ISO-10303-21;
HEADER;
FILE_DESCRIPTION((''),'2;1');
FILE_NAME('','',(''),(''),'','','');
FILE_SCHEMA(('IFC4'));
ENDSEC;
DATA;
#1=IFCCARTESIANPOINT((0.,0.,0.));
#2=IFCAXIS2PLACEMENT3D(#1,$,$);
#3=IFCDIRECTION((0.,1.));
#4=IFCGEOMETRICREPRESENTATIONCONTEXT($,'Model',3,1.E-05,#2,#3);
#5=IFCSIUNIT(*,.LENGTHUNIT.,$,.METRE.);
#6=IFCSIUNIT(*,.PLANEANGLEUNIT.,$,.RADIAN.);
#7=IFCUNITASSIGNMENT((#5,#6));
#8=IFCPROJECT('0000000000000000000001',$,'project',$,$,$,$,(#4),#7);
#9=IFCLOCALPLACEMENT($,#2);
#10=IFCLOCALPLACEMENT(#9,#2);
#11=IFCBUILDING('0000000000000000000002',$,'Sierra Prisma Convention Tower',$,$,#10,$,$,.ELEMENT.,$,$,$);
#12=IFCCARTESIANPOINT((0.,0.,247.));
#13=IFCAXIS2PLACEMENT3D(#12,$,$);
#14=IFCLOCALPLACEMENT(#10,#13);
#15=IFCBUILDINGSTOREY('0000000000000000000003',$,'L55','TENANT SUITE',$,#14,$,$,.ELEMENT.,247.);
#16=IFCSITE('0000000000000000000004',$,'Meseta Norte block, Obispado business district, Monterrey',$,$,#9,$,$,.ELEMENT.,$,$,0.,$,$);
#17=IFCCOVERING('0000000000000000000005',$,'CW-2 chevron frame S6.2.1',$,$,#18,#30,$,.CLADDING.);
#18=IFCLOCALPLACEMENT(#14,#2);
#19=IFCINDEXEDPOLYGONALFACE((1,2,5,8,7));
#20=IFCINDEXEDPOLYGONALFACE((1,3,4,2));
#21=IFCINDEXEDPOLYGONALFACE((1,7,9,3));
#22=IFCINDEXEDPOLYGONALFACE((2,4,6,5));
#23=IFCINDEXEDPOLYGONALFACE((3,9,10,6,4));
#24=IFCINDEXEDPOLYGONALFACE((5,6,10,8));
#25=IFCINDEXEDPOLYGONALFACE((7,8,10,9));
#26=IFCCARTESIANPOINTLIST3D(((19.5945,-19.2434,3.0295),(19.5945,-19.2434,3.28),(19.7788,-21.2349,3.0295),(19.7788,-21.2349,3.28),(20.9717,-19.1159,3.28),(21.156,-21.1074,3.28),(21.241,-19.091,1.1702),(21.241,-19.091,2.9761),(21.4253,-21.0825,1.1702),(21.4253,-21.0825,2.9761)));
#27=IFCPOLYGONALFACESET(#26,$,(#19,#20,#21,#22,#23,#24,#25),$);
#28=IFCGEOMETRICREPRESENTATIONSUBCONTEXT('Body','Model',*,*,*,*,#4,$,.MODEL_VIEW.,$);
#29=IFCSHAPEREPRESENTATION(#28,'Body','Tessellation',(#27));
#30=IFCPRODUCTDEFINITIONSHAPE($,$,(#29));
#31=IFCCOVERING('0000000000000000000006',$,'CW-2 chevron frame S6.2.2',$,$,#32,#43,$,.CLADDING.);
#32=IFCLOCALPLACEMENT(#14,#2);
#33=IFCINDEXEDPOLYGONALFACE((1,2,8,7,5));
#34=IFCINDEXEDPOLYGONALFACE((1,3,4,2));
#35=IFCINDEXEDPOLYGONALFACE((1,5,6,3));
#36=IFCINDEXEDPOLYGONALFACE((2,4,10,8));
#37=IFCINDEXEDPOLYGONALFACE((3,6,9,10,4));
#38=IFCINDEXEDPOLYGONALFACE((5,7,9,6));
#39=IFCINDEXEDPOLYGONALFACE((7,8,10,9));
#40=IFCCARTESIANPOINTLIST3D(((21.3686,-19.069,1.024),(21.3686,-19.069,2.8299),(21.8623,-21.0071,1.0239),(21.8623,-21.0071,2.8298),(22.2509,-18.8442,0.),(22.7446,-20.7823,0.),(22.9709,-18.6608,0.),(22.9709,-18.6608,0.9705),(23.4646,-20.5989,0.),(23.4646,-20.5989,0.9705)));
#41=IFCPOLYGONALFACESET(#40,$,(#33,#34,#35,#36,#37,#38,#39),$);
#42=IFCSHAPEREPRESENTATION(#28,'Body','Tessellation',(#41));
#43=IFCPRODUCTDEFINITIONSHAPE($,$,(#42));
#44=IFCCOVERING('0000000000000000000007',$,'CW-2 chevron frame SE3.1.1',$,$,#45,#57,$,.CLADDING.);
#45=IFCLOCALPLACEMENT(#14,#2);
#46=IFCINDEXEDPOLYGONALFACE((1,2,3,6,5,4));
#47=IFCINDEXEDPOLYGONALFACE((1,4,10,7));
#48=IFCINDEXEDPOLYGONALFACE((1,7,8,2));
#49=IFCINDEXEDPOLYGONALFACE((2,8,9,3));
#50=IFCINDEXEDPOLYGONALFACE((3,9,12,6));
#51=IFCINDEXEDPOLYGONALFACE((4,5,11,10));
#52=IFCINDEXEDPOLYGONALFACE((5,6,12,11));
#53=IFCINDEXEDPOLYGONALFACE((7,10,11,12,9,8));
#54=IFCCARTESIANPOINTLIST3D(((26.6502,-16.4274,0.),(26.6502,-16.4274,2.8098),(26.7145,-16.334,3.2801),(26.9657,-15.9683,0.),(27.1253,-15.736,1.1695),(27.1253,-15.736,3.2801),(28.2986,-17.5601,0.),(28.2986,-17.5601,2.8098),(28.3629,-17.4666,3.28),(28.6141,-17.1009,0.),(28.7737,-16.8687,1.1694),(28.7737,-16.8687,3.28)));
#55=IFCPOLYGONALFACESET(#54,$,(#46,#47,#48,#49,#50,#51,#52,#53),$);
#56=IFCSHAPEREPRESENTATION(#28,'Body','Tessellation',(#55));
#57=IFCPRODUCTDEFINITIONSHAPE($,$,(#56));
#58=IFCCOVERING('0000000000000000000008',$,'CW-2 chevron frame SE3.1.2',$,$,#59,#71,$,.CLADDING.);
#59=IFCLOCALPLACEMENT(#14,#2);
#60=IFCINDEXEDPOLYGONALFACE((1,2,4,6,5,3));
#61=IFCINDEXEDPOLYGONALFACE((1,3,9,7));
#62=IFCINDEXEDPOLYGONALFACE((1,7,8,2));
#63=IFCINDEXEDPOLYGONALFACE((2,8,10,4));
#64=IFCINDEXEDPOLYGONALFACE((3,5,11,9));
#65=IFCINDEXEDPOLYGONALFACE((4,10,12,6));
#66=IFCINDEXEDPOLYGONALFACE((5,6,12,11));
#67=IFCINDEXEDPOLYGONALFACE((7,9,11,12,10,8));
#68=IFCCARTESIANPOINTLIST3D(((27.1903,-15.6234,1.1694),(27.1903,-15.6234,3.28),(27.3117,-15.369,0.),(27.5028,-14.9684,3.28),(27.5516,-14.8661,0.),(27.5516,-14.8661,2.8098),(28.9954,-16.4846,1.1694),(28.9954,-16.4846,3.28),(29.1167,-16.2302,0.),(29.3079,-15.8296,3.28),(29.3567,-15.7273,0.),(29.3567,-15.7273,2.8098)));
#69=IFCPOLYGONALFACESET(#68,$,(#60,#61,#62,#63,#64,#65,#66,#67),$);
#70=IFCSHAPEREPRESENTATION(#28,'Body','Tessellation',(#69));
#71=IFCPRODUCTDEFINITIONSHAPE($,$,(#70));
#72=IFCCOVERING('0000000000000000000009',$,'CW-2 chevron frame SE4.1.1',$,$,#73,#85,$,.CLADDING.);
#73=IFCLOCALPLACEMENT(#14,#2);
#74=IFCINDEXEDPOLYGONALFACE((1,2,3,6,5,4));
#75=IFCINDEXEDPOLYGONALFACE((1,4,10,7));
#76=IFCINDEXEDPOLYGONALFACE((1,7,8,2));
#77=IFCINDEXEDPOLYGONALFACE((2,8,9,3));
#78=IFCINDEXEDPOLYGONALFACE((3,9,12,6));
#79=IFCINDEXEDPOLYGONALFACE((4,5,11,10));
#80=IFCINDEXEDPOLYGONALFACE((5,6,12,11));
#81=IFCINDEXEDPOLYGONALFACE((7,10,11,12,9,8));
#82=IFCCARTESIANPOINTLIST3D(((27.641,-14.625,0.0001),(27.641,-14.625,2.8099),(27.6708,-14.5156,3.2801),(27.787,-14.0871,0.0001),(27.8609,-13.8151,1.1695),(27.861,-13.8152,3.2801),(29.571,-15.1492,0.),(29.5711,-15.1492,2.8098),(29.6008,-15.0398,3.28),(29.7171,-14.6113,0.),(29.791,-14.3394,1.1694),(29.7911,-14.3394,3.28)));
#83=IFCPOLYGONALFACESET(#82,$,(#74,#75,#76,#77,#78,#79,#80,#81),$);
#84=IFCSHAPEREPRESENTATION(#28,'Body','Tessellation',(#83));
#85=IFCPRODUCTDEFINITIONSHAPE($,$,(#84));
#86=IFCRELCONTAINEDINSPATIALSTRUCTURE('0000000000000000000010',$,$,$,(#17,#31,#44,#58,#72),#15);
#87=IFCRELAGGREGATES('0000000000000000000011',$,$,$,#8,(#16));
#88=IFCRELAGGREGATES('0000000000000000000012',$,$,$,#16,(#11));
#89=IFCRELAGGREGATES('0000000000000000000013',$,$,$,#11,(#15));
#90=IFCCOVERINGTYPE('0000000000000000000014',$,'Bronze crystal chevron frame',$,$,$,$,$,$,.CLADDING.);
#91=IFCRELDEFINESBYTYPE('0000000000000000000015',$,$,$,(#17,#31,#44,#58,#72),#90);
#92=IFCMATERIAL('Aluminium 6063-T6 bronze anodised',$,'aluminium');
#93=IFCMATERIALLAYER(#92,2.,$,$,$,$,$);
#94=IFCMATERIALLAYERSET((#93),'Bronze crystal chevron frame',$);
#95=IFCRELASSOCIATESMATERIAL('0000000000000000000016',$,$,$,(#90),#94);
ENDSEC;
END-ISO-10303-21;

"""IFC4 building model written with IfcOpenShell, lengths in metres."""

from ifc_helpers import new_model, si_unit, direction, frame, origin, place, context, subcontext, project, spatial, polyline, outline, extrude, material, layer, layer_set, type_object, element, save


model = new_model("IFC4")

# Units and contexts
model_context = context("Model", 3, precision=1e-05, world=origin(), true_north=direction((0.0, 1.0)))
body_context = subcontext(model_context, "Body", "Model", "MODEL_VIEW")
ifc_project = project(units=[si_unit("LENGTHUNIT", "METRE"), si_unit("PLANEANGLEUNIT", "RADIAN")], contexts=[model_context])

# Site, building, storey
site_placement = place(None, origin())
site = spatial("IfcSite", under=ifc_project, at=site_placement, Name="Meseta Norte block, Obispado business district, Monterrey", CompositionType="ELEMENT", RefElevation=0.0)
building_placement = place(site_placement, origin())
building = spatial("IfcBuilding", under=site, at=building_placement, Name="Sierra Prisma Convention Tower", CompositionType="ELEMENT")
storey_placement = place(building_placement, frame((0.0, 0.0, 247.0)))
storey = spatial("IfcBuildingStorey", under=building, at=storey_placement, Name="L55", Description="TENANT SUITE", CompositionType="ELEMENT", Elevation=247.0)

# Coverings
ifc_material_1 = material(Name="Aluminium 6063-T6 bronze anodised", Category="aluminium")
ifc_layer_1 = layer(ifc_material_1, 2.0)
ifc_layer_set_1 = layer_set([ifc_layer_1], Name="Bronze crystal chevron frame")
covering_type = type_object("IfcCoveringType", Name="Bronze crystal chevron frame", PredefinedType="CLADDING", material=ifc_layer_set_1)
covering_1_placement = place(storey_placement, frame((19.7788, -21.2349, 3.28), z_axis=(0.092134, -0.995747, 0.000006), x_axis=(0.000001, -0.000006, -1.0)))
element("IfcCovering", 1, at=covering_1_placement, inside=storey, type_object=covering_type, Name="CW-2 chevron frame S6.2.1", PredefinedType="CLADDING", context=body_context, shape_type="SweptSolid", body=[
    extrude(outline(polyline([(0.0, 0.0), (0.2505, 0.0), (2.1099, 1.6535), (0.304, 1.6535), (0.0, 1.3831), (0.0, 0.0)])), origin(), (0.0, 0.0, -1.0), 2.0),
])
covering_2_placement = place(storey_placement, frame((23.4646, -20.5989, 0.0), z_axis=(0.246863, -0.96905, -0.000021), x_axis=(0.000005, -0.000021, 1.0)))
element("IfcCovering", 2, at=covering_2_placement, inside=storey, type_object=covering_type, Name="CW-2 chevron frame S6.2.2", PredefinedType="CLADDING", context=body_context, shape_type="SweptSolid", body=[
    extrude(outline(polyline([(0.0, 0.0), (0.9705, 0.0), (2.8298, 1.6535), (1.0239, 1.6535), (0.0, 0.743), (0.0, 0.0)])), origin(), (0.0, 0.0, -1.0), 2.0),
])
covering_3_placement = place(storey_placement, frame((28.2986, -17.5601, 0.0), z_axis=(0.82419, -0.566314, -0.000011), x_axis=(0.566314, 0.82419, 0.0)))
element("IfcCovering", 3, at=covering_3_placement, inside=storey, type_object=covering_type, Name="CW-2 chevron frame SE3.1.1", PredefinedType="CLADDING", context=body_context, shape_type="SweptSolid", body=[
    extrude(outline(polyline([(0.0, 0.0), (0.5571, 0.0), (0.8389, 1.1694), (0.8389, 3.28), (0.1134, 3.28), (0.0, 2.8098), (0.0, 0.0)])), origin(), (0.0, 0.0, -1.0), 2.0),
])
covering_4_placement = place(storey_placement, frame((28.9954, -16.4846, 3.28), z_axis=(0.902535, -0.430616, -0.000002), x_axis=(-0.000002, 0.000001, -1.0)))
element("IfcCovering", 4, at=covering_4_placement, inside=storey, type_object=covering_type, Name="CW-2 chevron frame SE3.1.2", PredefinedType="CLADDING", context=body_context, shape_type="SweptSolid", body=[
    extrude(outline(polyline([(0.0, 0.0), (2.1106, 0.0), (3.28, 0.2819), (3.28, 0.8391), (0.4702, 0.8391), (0.0, 0.7258), (0.0, 0.0)])), origin(), (0.0, 0.0, -1.0), 2.0),
])
covering_5_placement = place(storey_placement, frame((29.571, -15.1492, 0.0), z_axis=(0.965039, -0.262105, -0.000027), x_axis=(0.262105, 0.965039, 0.0)))
element("IfcCovering", 5, at=covering_5_placement, inside=storey, type_object=covering_type, Name="CW-2 chevron frame SE4.1.1", PredefinedType="CLADDING", context=body_context, shape_type="SweptSolid", body=[
    extrude(outline(polyline([(0.0, 0.0), (0.5573, 0.0), (0.8392, 1.1694), (0.8392, 3.28), (0.1134, 3.28), (0.0, 2.8098), (0.0, 0.0)])), origin(), (0.0, 0.0, -1.0), 2.0),
])

save(model, "model.ifc")
